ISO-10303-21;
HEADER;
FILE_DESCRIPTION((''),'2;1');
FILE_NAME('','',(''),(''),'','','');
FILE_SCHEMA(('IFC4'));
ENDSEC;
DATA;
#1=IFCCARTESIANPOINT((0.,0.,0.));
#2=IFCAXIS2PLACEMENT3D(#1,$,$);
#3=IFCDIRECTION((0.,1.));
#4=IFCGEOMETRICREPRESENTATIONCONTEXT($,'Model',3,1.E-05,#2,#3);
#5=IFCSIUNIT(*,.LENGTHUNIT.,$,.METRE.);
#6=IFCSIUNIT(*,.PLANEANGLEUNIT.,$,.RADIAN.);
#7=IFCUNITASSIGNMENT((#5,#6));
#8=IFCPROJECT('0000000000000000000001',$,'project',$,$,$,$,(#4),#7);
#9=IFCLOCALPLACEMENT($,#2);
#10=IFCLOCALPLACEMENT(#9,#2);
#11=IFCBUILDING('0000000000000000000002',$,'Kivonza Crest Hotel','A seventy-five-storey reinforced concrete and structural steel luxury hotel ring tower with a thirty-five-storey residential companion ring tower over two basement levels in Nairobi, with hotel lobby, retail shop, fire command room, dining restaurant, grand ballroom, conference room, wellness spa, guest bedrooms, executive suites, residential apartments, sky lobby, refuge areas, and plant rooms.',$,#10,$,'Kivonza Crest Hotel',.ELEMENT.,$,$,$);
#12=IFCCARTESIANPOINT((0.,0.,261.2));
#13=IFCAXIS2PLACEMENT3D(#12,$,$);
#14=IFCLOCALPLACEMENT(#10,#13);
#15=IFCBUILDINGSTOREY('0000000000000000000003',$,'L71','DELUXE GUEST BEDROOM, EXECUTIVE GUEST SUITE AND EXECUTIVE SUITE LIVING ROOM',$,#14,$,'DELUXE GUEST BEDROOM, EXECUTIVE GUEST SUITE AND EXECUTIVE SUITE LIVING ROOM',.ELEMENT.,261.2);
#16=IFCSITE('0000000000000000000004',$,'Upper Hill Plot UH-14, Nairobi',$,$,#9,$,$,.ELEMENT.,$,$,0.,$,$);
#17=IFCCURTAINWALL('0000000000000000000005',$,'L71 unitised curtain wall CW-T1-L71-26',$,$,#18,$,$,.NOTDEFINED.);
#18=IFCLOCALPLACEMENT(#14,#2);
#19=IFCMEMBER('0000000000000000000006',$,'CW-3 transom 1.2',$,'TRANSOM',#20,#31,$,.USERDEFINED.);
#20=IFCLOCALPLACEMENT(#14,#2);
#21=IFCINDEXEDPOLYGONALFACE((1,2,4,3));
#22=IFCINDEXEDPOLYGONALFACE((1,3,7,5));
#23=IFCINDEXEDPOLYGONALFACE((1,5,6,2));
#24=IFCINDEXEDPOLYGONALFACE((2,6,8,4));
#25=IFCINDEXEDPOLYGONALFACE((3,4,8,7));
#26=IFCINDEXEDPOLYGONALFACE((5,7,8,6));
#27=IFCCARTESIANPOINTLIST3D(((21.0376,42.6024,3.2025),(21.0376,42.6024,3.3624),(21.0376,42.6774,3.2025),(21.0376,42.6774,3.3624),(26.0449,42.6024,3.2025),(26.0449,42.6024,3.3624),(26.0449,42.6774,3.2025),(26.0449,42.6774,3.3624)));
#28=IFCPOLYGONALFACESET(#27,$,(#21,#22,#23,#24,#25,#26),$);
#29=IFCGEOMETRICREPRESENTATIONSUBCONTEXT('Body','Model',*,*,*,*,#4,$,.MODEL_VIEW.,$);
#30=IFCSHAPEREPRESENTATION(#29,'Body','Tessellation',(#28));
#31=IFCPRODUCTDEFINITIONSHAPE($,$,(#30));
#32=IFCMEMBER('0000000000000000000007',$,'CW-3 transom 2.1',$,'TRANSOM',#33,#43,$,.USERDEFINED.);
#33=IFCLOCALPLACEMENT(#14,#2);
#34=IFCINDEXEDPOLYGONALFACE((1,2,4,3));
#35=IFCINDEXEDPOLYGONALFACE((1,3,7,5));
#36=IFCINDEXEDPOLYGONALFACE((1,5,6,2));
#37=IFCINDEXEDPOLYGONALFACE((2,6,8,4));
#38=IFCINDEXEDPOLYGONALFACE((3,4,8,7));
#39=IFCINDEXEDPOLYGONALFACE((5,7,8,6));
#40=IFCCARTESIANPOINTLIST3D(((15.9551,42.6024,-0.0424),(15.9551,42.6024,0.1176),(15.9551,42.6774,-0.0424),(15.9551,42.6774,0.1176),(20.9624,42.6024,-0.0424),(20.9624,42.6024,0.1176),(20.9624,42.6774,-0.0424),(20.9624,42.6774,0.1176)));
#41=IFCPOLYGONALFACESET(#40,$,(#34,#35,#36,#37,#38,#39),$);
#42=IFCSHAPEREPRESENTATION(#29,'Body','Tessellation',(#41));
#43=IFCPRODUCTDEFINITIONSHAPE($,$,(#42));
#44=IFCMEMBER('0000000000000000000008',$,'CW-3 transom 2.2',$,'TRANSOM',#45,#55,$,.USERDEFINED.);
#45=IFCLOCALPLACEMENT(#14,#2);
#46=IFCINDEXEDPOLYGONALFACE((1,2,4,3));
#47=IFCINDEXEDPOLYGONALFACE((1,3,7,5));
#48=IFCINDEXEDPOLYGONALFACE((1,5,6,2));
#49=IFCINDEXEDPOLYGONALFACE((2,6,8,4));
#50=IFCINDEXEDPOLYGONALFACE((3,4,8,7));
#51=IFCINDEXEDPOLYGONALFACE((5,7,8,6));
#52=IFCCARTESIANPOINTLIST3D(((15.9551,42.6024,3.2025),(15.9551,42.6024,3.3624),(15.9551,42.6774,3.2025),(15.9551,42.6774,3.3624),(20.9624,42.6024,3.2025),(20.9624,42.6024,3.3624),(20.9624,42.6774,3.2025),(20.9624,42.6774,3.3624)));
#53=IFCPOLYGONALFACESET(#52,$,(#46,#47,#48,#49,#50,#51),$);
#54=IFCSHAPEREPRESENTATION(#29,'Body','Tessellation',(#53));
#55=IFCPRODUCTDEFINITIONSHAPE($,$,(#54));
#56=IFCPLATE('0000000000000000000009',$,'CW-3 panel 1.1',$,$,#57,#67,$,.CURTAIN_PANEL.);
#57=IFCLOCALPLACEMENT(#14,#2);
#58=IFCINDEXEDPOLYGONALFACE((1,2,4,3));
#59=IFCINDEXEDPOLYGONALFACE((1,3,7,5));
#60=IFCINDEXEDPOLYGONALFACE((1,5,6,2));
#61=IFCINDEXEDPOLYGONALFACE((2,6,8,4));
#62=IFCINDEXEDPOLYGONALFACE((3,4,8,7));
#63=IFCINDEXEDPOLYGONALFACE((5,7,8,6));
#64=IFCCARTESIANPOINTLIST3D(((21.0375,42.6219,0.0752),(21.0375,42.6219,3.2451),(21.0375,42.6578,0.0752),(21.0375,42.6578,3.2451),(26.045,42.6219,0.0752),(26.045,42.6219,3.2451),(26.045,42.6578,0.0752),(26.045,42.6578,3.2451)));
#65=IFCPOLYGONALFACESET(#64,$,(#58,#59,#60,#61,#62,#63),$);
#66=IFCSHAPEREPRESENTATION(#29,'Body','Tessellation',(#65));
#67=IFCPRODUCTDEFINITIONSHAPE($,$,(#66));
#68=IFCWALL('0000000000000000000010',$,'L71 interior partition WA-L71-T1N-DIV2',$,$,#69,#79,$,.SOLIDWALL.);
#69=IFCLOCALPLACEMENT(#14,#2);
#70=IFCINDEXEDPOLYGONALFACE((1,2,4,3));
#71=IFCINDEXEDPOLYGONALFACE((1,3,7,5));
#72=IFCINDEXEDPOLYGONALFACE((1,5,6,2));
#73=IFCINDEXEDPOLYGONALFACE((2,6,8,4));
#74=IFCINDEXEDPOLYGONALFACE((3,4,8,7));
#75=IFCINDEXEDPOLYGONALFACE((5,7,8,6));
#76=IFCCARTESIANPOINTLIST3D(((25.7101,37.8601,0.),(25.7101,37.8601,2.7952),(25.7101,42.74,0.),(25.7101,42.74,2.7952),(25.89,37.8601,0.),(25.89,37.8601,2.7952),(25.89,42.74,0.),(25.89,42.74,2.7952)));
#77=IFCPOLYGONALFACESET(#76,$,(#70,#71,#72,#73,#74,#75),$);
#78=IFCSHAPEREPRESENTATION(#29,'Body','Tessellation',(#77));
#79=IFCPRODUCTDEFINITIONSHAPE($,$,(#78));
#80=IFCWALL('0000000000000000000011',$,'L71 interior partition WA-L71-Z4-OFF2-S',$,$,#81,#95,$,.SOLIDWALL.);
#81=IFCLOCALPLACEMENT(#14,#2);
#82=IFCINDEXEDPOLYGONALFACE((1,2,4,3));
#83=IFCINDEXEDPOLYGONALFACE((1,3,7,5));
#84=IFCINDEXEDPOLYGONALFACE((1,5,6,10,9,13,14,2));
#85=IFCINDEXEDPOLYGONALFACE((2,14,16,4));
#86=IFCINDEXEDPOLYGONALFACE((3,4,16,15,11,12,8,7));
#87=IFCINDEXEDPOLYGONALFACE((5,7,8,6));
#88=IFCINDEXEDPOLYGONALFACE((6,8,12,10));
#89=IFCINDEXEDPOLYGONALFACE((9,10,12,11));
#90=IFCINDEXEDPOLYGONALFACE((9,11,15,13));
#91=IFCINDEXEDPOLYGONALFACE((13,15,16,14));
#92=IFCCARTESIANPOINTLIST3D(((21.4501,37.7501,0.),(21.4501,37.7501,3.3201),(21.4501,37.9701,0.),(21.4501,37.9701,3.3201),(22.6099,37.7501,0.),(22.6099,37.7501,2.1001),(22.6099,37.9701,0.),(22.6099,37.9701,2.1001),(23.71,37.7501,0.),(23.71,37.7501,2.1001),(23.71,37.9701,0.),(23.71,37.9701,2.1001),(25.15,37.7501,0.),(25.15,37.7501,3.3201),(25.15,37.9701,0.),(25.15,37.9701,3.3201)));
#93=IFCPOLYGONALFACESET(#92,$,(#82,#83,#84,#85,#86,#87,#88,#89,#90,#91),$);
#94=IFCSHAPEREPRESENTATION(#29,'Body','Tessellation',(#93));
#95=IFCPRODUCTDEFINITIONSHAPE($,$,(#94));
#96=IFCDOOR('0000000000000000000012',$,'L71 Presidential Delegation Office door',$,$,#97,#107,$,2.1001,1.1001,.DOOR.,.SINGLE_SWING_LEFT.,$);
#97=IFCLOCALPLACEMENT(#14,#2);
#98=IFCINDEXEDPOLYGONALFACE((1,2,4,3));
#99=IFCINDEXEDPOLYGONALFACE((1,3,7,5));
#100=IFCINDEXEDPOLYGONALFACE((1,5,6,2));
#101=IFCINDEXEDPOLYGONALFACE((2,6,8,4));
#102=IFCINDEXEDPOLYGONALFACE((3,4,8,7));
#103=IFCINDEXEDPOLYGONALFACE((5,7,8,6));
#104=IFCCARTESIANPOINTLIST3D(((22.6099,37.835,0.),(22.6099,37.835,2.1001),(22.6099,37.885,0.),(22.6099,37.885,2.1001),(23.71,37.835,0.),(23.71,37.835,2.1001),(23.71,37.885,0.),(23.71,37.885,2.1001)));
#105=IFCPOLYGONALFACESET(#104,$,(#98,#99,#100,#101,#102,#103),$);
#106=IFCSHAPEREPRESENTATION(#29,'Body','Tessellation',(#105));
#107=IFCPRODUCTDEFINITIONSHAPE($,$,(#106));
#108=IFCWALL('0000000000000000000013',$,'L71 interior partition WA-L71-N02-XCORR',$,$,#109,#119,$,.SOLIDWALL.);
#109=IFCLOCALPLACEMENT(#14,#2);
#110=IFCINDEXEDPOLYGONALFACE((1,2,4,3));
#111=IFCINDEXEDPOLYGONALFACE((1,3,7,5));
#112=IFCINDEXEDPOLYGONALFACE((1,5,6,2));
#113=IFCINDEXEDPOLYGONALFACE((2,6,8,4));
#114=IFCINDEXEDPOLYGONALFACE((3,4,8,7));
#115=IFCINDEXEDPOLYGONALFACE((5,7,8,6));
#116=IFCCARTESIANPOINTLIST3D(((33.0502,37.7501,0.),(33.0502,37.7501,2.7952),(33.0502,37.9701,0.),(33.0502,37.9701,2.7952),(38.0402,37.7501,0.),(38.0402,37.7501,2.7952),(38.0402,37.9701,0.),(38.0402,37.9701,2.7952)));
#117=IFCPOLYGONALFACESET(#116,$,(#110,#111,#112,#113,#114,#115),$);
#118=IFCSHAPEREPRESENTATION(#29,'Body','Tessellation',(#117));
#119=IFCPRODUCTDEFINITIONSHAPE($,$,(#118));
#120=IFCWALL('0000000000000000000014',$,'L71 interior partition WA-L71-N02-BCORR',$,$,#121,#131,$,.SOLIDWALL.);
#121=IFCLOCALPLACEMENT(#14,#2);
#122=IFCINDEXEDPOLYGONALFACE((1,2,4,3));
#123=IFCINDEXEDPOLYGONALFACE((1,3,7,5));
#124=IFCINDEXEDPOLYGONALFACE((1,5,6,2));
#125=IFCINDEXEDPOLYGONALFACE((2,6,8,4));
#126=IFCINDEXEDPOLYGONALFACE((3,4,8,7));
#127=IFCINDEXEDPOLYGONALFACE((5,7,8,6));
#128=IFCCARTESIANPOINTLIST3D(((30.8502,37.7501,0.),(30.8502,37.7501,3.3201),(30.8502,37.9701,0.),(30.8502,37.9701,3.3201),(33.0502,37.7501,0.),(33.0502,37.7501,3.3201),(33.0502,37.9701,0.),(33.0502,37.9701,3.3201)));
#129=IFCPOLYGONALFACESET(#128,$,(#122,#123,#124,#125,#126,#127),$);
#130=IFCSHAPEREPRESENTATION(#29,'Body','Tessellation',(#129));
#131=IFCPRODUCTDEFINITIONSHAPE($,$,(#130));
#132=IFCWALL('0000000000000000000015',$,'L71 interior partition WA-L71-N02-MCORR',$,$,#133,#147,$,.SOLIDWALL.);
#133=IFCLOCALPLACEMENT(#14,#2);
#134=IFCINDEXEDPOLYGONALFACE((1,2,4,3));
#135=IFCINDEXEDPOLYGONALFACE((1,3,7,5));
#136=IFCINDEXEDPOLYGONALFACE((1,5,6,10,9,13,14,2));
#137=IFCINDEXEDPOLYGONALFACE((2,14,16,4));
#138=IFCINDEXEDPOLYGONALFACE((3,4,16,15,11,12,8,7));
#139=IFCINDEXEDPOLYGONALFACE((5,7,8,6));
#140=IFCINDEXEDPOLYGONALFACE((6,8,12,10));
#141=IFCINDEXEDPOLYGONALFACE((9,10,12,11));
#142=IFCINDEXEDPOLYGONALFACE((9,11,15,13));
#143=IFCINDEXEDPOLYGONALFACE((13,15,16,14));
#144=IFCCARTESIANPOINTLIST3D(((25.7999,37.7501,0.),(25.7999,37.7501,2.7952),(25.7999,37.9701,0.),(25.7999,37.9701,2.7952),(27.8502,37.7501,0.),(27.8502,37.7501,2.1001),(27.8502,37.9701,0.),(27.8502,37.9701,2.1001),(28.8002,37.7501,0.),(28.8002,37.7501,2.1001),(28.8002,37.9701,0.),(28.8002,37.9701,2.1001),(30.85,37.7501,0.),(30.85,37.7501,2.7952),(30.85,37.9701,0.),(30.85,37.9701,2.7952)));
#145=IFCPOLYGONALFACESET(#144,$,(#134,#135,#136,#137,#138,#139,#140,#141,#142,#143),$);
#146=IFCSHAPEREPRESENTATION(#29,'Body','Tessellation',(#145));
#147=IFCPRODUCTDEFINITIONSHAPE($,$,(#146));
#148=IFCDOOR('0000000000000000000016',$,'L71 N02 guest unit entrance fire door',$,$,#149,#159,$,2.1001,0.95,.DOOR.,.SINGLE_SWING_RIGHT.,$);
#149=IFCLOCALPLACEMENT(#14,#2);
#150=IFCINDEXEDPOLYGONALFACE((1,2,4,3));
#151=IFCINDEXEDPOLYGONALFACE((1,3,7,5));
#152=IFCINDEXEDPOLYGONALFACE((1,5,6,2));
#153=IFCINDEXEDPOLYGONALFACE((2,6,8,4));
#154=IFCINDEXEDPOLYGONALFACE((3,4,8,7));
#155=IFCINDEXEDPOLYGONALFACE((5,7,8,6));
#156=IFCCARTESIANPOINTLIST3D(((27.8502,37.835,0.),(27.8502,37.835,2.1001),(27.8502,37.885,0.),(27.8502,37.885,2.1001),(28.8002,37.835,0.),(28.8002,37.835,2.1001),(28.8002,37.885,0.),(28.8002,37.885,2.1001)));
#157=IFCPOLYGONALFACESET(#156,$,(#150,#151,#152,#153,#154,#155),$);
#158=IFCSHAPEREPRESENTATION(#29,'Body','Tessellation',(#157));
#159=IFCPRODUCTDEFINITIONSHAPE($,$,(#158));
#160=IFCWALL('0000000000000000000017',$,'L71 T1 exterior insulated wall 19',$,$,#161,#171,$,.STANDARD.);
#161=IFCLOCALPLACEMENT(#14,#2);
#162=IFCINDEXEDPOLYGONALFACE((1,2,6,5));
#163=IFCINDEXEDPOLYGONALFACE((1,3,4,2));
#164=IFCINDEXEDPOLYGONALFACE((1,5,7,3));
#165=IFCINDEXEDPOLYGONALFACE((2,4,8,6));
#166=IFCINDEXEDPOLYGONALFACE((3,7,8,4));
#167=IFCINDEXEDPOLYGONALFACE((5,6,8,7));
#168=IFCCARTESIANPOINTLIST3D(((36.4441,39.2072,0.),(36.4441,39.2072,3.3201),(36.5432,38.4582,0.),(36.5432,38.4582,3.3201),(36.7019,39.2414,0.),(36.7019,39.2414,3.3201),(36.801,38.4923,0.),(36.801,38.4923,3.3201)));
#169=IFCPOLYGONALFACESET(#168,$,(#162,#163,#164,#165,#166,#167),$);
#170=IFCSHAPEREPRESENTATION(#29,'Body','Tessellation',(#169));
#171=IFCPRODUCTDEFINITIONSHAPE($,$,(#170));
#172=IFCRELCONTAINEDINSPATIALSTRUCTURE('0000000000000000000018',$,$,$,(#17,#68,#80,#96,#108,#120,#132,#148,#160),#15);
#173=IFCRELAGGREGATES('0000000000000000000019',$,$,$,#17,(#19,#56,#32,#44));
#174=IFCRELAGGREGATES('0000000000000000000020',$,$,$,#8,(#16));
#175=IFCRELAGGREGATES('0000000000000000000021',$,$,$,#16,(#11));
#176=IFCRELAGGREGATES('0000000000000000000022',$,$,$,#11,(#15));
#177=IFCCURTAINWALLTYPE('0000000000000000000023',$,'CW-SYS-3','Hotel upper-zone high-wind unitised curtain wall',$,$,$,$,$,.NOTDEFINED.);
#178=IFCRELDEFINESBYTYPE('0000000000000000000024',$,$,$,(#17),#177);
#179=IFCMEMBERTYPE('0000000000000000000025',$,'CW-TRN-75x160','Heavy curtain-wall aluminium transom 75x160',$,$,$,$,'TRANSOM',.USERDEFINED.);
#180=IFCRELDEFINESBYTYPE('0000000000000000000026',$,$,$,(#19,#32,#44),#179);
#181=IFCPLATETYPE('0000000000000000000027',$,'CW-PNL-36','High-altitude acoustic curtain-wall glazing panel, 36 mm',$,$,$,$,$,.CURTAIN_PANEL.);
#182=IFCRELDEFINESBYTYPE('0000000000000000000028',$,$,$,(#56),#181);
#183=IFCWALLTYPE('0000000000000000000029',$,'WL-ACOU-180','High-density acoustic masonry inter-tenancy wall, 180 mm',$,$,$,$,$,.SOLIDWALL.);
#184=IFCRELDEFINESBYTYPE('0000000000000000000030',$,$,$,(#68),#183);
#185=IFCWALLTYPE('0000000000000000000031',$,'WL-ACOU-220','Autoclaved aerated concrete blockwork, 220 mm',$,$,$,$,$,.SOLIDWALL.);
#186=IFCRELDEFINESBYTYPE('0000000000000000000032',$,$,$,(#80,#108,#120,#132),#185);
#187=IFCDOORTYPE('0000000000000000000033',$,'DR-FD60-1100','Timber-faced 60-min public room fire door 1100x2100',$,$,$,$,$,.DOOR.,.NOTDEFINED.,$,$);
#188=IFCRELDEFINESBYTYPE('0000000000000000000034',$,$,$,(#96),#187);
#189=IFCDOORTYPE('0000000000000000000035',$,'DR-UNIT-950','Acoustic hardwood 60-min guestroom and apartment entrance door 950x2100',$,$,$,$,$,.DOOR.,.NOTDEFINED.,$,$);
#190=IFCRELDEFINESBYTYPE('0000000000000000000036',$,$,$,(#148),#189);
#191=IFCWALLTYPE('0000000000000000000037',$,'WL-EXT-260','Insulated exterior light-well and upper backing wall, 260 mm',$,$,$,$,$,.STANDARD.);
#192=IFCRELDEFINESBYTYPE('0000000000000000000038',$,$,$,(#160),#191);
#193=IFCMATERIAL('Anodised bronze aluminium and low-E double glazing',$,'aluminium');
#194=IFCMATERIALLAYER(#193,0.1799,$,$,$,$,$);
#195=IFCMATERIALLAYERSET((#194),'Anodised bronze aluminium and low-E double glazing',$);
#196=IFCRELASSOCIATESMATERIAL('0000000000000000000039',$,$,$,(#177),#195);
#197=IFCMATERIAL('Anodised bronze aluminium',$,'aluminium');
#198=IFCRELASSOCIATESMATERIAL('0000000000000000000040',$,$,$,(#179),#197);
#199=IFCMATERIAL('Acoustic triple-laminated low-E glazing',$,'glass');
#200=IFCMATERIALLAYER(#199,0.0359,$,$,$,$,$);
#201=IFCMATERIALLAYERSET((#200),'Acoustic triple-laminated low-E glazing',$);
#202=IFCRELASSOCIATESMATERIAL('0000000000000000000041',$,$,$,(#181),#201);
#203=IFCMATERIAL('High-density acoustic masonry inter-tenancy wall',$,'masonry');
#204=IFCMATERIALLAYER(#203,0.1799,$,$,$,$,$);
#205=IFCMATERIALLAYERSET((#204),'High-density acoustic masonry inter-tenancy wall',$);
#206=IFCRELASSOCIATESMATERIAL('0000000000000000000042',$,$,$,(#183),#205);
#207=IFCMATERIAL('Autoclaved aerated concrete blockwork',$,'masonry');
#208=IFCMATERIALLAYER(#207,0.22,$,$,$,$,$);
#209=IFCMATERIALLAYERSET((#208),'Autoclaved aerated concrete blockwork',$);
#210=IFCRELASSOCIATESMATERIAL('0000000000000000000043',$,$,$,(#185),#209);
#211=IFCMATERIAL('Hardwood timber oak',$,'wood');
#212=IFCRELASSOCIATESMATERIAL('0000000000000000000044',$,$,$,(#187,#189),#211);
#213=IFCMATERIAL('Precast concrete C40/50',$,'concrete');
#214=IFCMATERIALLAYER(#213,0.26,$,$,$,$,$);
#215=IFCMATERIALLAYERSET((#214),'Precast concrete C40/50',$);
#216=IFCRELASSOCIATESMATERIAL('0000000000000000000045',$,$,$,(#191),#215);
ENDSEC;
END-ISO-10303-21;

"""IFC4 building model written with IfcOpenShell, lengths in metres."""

from ifc_helpers import new_model, si_unit, direction, frame, frame_2d, origin, origin_2d, place, context, subcontext, project, spatial, rectangle, extrude, material, layer, layer_set, material_profile, profile_set, type_object, element, fill, aggregate, save


model = new_model("IFC4")

# Units and contexts
model_context = context("Model", 3, precision=1e-05, world=origin(), true_north=direction((0.0, 1.0)))
body_context = subcontext(model_context, "Body", "Model", "MODEL_VIEW")
ifc_project = project(units=[si_unit("LENGTHUNIT", "METRE"), si_unit("PLANEANGLEUNIT", "RADIAN")], contexts=[model_context])

# Site, building, storey
site_placement = place(None, origin())
site = spatial("IfcSite", under=ifc_project, at=site_placement, Name="Upper Hill Plot UH-14, Nairobi", CompositionType="ELEMENT", RefElevation=0.0)
building_placement = place(site_placement, origin())
building = spatial("IfcBuilding", under=site, at=building_placement, Name="Kivonza Crest Hotel", Description="A seventy-five-storey reinforced concrete and structural steel luxury hotel ring tower with a thirty-five-storey residential companion ring tower over two basement levels in Nairobi, with hotel lobby, retail shop, fire command room, dining restaurant, grand ballroom, conference room, wellness spa, guest bedrooms, executive suites, residential apartments, sky lobby, refuge areas, and plant rooms.", LongName="Kivonza Crest Hotel", CompositionType="ELEMENT")
storey_placement = place(building_placement, frame((0.0, 0.0, 261.2)))
storey = spatial("IfcBuildingStorey", under=building, at=storey_placement, Name="L71", Description="DELUXE GUEST BEDROOM, EXECUTIVE GUEST SUITE AND EXECUTIVE SUITE LIVING ROOM", LongName="DELUXE GUEST BEDROOM, EXECUTIVE GUEST SUITE AND EXECUTIVE SUITE LIVING ROOM", CompositionType="ELEMENT", Elevation=261.2)

# Curtain wall, members, plate
ifc_material_1 = material(Name="Anodised bronze aluminium and low-E double glazing", Category="aluminium")
ifc_layer_1 = layer(ifc_material_1, 0.1799)
ifc_layer_set_1 = layer_set([ifc_layer_1], Name="Anodised bronze aluminium and low-E double glazing")
curtain_wall_type = type_object("IfcCurtainWallType", Name="CW-SYS-3", Description="Hotel upper-zone high-wind unitised curtain wall", PredefinedType="NOTDEFINED", material=ifc_layer_set_1)
curtain_wall_placement = place(storey_placement, origin())
curtain_wall = element("IfcCurtainWall", 1, at=curtain_wall_placement, inside=storey, type_object=curtain_wall_type, Name="L71 unitised curtain wall CW-T1-L71-26", PredefinedType="NOTDEFINED")
ifc_material_2 = material(Name="Anodised bronze aluminium", Category="aluminium")
ifc_material_profile_1 = material_profile(ifc_material_2, rectangle(XDim=0.075, YDim=0.1599, at=origin_2d()), Name="CW-T 75x160")
ifc_profile_set_1 = profile_set([ifc_material_profile_1], Name="Anodised bronze aluminium")
member_type_1 = type_object("IfcMemberType", Name="CW-TRN-75x160", Description="Heavy curtain-wall aluminium transom 75x160", ElementType="TRANSOM", PredefinedType="USERDEFINED", material=ifc_profile_set_1)
member_1_placement = place(storey_placement, frame((26.0449, 42.6399, 3.2825), z_axis=(-1.0, 0.0, 0.0), x_axis=(0.0, -1.0, 0.0)))
member_1 = element("IfcMember", 2, at=member_1_placement, type_object=member_type_1, Name="CW-3 transom 1.2", ObjectType="TRANSOM", PredefinedType="USERDEFINED", context=body_context, shape_type="SweptSolid", body=[
    extrude(rectangle(XDim=0.075, YDim=0.1599, at=origin_2d()), origin(), (0.0, 0.0, 1.0), 5.0073),
])
member_2_placement = place(storey_placement, frame((20.9624, 42.6399, 0.0376), z_axis=(-1.0, 0.0, 0.0), x_axis=(0.0, -1.0, 0.0)))
member_2 = element("IfcMember", 3, at=member_2_placement, type_object=member_type_1, Name="CW-3 transom 2.1", ObjectType="TRANSOM", PredefinedType="USERDEFINED", context=body_context, shape_type="SweptSolid", body=[
    extrude(rectangle(XDim=0.075, YDim=0.1599, at=origin_2d()), origin(), (0.0, 0.0, 1.0), 5.0073),
])
member_3_placement = place(storey_placement, frame((20.9624, 42.6399, 3.2825), z_axis=(-1.0, 0.0, 0.0), x_axis=(0.0, -1.0, 0.0)))
member_3 = element("IfcMember", 4, at=member_3_placement, type_object=member_type_1, Name="CW-3 transom 2.2", ObjectType="TRANSOM", PredefinedType="USERDEFINED", context=body_context, shape_type="SweptSolid", body=[
    extrude(rectangle(XDim=0.075, YDim=0.1599, at=origin_2d()), origin(), (0.0, 0.0, 1.0), 5.0073),
])
ifc_material_3 = material(Name="Acoustic triple-laminated low-E glazing", Category="glass")
ifc_layer_2 = layer(ifc_material_3, 0.0359)
ifc_layer_set_2 = layer_set([ifc_layer_2], Name="Acoustic triple-laminated low-E glazing")
plate_type = type_object("IfcPlateType", Name="CW-PNL-36", Description="High-altitude acoustic curtain-wall glazing panel, 36 mm", PredefinedType="CURTAIN_PANEL", material=ifc_layer_set_2)
plate_placement = place(storey_placement, frame((23.5413, 42.6399, 0.0752), z_axis=(0.0, 0.0, 1.0), x_axis=(-1.0, 0.0, 0.0)))
plate = element("IfcPlate", 5, at=plate_placement, type_object=plate_type, Name="CW-3 panel 1.1", PredefinedType="CURTAIN_PANEL", context=body_context, shape_type="SweptSolid", body=[
    extrude(rectangle(XDim=5.0076, YDim=0.0359, at=origin_2d()), origin(), (0.0, 0.0, 1.0), 3.1699),
])
aggregate(curtain_wall, [member_1, plate, member_2, member_3])

# Wall
ifc_material_4 = material(Name="High-density acoustic masonry inter-tenancy wall", Category="masonry")
ifc_layer_3 = layer(ifc_material_4, 0.1799)
ifc_layer_set_3 = layer_set([ifc_layer_3], Name="High-density acoustic masonry inter-tenancy wall")
wall_type_1 = type_object("IfcWallType", Name="WL-ACOU-180", Description="High-density acoustic masonry inter-tenancy wall, 180 mm", PredefinedType="SOLIDWALL", material=ifc_layer_set_3)
wall_1_placement = place(storey_placement, frame((25.8, 37.8601, 0.0), z_axis=(0.0, 0.0, 1.0), x_axis=(0.0, 1.0, 0.0)))
element("IfcWall", 6, at=wall_1_placement, inside=storey, type_object=wall_type_1, Name="L71 interior partition WA-L71-T1N-DIV2", PredefinedType="SOLIDWALL", context=body_context, shape_type="SweptSolid", body=[
    extrude(rectangle(XDim=4.8799, YDim=0.1799, at=frame_2d((2.4399, 0.0))), origin(), (0.0, 0.0, 1.0), 2.7952),
])

# Wall, opening, door
ifc_material_5 = material(Name="Autoclaved aerated concrete blockwork", Category="masonry")
ifc_layer_4 = layer(ifc_material_5, 0.22)
ifc_layer_set_4 = layer_set([ifc_layer_4], Name="Autoclaved aerated concrete blockwork")
wall_type_2 = type_object("IfcWallType", Name="WL-ACOU-220", Description="Autoclaved aerated concrete blockwork, 220 mm", PredefinedType="SOLIDWALL", material=ifc_layer_set_4)
wall_2_placement = place(storey_placement, frame((21.45, 37.8601, 0.0), z_axis=(0.0, 0.0, 1.0), x_axis=(1.0, 0.0, 0.0)))
wall_2 = element("IfcWall", 7, at=wall_2_placement, inside=storey, type_object=wall_type_2, Name="L71 interior partition WA-L71-Z4-OFF2-S", PredefinedType="SOLIDWALL", context=body_context, shape_type="SweptSolid", body=[
    extrude(rectangle(XDim=3.7, YDim=0.22, at=frame_2d((1.8501, 0.0))), origin(), (0.0, 0.0, 1.0), 3.3201),
])
opening_1_placement = place(wall_2_placement, frame((1.1599, 0.0, 0.0)))
opening_1 = element("IfcOpeningElement", 8, at=opening_1_placement, cuts=wall_2, PredefinedType="OPENING", context=body_context, shape_type="SweptSolid", body=[
    extrude(rectangle(XDim=1.1001, YDim=2.1001, at=frame_2d((0.55, 1.05))), frame((0.0, 0.1201, 0.0), z_axis=(0.0, -1.0, 0.0), x_axis=(1.0, 0.0, 0.0)), (0.0, 0.0, 1.0), 0.24),
])
ifc_material_6 = material(Name="Hardwood timber oak", Category="wood")
door_type_1 = type_object("IfcDoorType", Name="DR-FD60-1100", Description="Timber-faced 60-min public room fire door 1100x2100", OperationType="NOTDEFINED", PredefinedType="DOOR", material=ifc_material_6)
door_1_placement = place(opening_1_placement, origin())
door_1 = element("IfcDoor", 9, at=door_1_placement, inside=storey, type_object=door_type_1, Name="L71 Presidential Delegation Office door", OperationType="SINGLE_SWING_LEFT", OverallHeight=2.1001, OverallWidth=1.1001, PredefinedType="DOOR", context=body_context, shape_type="SweptSolid", body=[
    extrude(rectangle(XDim=1.1001, YDim=2.1001, at=frame_2d((0.55, 1.05))), frame((0.0, 0.0249, 0.0), z_axis=(0.0, -1.0, 0.0), x_axis=(1.0, 0.0, 0.0)), (0.0, 0.0, 1.0), 0.05),
])
fill(opening_1, door_1)

# Walls
wall_3_placement = place(storey_placement, frame((33.05, 37.8601, 0.0), z_axis=(0.0, 0.0, 1.0), x_axis=(1.0, 0.0, 0.0)))
element("IfcWall", 10, at=wall_3_placement, inside=storey, type_object=wall_type_2, Name="L71 interior partition WA-L71-N02-XCORR", PredefinedType="SOLIDWALL", context=body_context, shape_type="SweptSolid", body=[
    extrude(rectangle(XDim=4.99, YDim=0.22, at=frame_2d((2.4951, 0.0))), origin(), (0.0, 0.0, 1.0), 2.7952),
])
wall_4_placement = place(storey_placement, frame((30.8501, 37.8601, 0.0), z_axis=(0.0, 0.0, 1.0), x_axis=(1.0, 0.0, 0.0)))
element("IfcWall", 11, at=wall_4_placement, inside=storey, type_object=wall_type_2, Name="L71 interior partition WA-L71-N02-BCORR", PredefinedType="SOLIDWALL", context=body_context, shape_type="SweptSolid", body=[
    extrude(rectangle(XDim=2.2, YDim=0.22, at=frame_2d((1.1001, 0.0))), origin(), (0.0, 0.0, 1.0), 3.3201),
])

# Wall, opening, door
wall_5_placement = place(storey_placement, frame((25.8, 37.8601, 0.0), z_axis=(0.0, 0.0, 1.0), x_axis=(1.0, 0.0, 0.0)))
wall_5 = element("IfcWall", 12, at=wall_5_placement, inside=storey, type_object=wall_type_2, Name="L71 interior partition WA-L71-N02-MCORR", PredefinedType="SOLIDWALL", context=body_context, shape_type="SweptSolid", body=[
    extrude(rectangle(XDim=5.05, YDim=0.22, at=frame_2d((2.5249, 0.0))), origin(), (0.0, 0.0, 1.0), 2.7952),
])
opening_2_placement = place(wall_5_placement, frame((2.05, 0.0, 0.0)))
opening_2 = element("IfcOpeningElement", 13, at=opening_2_placement, cuts=wall_5, PredefinedType="OPENING", context=body_context, shape_type="SweptSolid", body=[
    extrude(rectangle(XDim=0.95, YDim=2.1001, at=frame_2d((0.4751, 1.05))), frame((0.0, 0.1201, 0.0), z_axis=(0.0, -1.0, 0.0), x_axis=(1.0, 0.0, 0.0)), (0.0, 0.0, 1.0), 0.24),
])
door_type_2 = type_object("IfcDoorType", Name="DR-UNIT-950", Description="Acoustic hardwood 60-min guestroom and apartment entrance door 950x2100", OperationType="NOTDEFINED", PredefinedType="DOOR", material=ifc_material_6)
door_2_placement = place(opening_2_placement, origin())
door_2 = element("IfcDoor", 14, at=door_2_placement, inside=storey, type_object=door_type_2, Name="L71 N02 guest unit entrance fire door", OperationType="SINGLE_SWING_RIGHT", OverallHeight=2.1001, OverallWidth=0.95, PredefinedType="DOOR", context=body_context, shape_type="SweptSolid", body=[
    extrude(rectangle(XDim=0.95, YDim=2.1001, at=frame_2d((0.4751, 1.05))), frame((0.0, 0.0249, 0.0), z_axis=(0.0, -1.0, 0.0), x_axis=(1.0, 0.0, 0.0)), (0.0, 0.0, 1.0), 0.05),
])
fill(opening_2, door_2)

# Wall
ifc_material_7 = material(Name="Precast concrete C40/50", Category="concrete")
ifc_layer_5 = layer(ifc_material_7, 0.26)
ifc_layer_set_5 = layer_set([ifc_layer_5], Name="Precast concrete C40/50")
wall_type_3 = type_object("IfcWallType", Name="WL-EXT-260", Description="Insulated exterior light-well and upper backing wall, 260 mm", PredefinedType="STANDARD", material=ifc_layer_set_5)
wall_6_placement = place(storey_placement, frame((36.6721, 38.4751, 0.0), z_axis=(0.0, 0.0, 1.0), x_axis=(-0.13119, 0.991357, 0.0)))
element("IfcWall", 15, at=wall_6_placement, inside=storey, type_object=wall_type_3, Name="L71 T1 exterior insulated wall 19", PredefinedType="STANDARD", context=body_context, shape_type="SweptSolid", body=[
    extrude(rectangle(XDim=0.7556, YDim=0.26, at=frame_2d((0.3779, 0.0))), origin(), (0.0, 0.0, 1.0), 3.3201),
])

save(model, "model.ifc")
